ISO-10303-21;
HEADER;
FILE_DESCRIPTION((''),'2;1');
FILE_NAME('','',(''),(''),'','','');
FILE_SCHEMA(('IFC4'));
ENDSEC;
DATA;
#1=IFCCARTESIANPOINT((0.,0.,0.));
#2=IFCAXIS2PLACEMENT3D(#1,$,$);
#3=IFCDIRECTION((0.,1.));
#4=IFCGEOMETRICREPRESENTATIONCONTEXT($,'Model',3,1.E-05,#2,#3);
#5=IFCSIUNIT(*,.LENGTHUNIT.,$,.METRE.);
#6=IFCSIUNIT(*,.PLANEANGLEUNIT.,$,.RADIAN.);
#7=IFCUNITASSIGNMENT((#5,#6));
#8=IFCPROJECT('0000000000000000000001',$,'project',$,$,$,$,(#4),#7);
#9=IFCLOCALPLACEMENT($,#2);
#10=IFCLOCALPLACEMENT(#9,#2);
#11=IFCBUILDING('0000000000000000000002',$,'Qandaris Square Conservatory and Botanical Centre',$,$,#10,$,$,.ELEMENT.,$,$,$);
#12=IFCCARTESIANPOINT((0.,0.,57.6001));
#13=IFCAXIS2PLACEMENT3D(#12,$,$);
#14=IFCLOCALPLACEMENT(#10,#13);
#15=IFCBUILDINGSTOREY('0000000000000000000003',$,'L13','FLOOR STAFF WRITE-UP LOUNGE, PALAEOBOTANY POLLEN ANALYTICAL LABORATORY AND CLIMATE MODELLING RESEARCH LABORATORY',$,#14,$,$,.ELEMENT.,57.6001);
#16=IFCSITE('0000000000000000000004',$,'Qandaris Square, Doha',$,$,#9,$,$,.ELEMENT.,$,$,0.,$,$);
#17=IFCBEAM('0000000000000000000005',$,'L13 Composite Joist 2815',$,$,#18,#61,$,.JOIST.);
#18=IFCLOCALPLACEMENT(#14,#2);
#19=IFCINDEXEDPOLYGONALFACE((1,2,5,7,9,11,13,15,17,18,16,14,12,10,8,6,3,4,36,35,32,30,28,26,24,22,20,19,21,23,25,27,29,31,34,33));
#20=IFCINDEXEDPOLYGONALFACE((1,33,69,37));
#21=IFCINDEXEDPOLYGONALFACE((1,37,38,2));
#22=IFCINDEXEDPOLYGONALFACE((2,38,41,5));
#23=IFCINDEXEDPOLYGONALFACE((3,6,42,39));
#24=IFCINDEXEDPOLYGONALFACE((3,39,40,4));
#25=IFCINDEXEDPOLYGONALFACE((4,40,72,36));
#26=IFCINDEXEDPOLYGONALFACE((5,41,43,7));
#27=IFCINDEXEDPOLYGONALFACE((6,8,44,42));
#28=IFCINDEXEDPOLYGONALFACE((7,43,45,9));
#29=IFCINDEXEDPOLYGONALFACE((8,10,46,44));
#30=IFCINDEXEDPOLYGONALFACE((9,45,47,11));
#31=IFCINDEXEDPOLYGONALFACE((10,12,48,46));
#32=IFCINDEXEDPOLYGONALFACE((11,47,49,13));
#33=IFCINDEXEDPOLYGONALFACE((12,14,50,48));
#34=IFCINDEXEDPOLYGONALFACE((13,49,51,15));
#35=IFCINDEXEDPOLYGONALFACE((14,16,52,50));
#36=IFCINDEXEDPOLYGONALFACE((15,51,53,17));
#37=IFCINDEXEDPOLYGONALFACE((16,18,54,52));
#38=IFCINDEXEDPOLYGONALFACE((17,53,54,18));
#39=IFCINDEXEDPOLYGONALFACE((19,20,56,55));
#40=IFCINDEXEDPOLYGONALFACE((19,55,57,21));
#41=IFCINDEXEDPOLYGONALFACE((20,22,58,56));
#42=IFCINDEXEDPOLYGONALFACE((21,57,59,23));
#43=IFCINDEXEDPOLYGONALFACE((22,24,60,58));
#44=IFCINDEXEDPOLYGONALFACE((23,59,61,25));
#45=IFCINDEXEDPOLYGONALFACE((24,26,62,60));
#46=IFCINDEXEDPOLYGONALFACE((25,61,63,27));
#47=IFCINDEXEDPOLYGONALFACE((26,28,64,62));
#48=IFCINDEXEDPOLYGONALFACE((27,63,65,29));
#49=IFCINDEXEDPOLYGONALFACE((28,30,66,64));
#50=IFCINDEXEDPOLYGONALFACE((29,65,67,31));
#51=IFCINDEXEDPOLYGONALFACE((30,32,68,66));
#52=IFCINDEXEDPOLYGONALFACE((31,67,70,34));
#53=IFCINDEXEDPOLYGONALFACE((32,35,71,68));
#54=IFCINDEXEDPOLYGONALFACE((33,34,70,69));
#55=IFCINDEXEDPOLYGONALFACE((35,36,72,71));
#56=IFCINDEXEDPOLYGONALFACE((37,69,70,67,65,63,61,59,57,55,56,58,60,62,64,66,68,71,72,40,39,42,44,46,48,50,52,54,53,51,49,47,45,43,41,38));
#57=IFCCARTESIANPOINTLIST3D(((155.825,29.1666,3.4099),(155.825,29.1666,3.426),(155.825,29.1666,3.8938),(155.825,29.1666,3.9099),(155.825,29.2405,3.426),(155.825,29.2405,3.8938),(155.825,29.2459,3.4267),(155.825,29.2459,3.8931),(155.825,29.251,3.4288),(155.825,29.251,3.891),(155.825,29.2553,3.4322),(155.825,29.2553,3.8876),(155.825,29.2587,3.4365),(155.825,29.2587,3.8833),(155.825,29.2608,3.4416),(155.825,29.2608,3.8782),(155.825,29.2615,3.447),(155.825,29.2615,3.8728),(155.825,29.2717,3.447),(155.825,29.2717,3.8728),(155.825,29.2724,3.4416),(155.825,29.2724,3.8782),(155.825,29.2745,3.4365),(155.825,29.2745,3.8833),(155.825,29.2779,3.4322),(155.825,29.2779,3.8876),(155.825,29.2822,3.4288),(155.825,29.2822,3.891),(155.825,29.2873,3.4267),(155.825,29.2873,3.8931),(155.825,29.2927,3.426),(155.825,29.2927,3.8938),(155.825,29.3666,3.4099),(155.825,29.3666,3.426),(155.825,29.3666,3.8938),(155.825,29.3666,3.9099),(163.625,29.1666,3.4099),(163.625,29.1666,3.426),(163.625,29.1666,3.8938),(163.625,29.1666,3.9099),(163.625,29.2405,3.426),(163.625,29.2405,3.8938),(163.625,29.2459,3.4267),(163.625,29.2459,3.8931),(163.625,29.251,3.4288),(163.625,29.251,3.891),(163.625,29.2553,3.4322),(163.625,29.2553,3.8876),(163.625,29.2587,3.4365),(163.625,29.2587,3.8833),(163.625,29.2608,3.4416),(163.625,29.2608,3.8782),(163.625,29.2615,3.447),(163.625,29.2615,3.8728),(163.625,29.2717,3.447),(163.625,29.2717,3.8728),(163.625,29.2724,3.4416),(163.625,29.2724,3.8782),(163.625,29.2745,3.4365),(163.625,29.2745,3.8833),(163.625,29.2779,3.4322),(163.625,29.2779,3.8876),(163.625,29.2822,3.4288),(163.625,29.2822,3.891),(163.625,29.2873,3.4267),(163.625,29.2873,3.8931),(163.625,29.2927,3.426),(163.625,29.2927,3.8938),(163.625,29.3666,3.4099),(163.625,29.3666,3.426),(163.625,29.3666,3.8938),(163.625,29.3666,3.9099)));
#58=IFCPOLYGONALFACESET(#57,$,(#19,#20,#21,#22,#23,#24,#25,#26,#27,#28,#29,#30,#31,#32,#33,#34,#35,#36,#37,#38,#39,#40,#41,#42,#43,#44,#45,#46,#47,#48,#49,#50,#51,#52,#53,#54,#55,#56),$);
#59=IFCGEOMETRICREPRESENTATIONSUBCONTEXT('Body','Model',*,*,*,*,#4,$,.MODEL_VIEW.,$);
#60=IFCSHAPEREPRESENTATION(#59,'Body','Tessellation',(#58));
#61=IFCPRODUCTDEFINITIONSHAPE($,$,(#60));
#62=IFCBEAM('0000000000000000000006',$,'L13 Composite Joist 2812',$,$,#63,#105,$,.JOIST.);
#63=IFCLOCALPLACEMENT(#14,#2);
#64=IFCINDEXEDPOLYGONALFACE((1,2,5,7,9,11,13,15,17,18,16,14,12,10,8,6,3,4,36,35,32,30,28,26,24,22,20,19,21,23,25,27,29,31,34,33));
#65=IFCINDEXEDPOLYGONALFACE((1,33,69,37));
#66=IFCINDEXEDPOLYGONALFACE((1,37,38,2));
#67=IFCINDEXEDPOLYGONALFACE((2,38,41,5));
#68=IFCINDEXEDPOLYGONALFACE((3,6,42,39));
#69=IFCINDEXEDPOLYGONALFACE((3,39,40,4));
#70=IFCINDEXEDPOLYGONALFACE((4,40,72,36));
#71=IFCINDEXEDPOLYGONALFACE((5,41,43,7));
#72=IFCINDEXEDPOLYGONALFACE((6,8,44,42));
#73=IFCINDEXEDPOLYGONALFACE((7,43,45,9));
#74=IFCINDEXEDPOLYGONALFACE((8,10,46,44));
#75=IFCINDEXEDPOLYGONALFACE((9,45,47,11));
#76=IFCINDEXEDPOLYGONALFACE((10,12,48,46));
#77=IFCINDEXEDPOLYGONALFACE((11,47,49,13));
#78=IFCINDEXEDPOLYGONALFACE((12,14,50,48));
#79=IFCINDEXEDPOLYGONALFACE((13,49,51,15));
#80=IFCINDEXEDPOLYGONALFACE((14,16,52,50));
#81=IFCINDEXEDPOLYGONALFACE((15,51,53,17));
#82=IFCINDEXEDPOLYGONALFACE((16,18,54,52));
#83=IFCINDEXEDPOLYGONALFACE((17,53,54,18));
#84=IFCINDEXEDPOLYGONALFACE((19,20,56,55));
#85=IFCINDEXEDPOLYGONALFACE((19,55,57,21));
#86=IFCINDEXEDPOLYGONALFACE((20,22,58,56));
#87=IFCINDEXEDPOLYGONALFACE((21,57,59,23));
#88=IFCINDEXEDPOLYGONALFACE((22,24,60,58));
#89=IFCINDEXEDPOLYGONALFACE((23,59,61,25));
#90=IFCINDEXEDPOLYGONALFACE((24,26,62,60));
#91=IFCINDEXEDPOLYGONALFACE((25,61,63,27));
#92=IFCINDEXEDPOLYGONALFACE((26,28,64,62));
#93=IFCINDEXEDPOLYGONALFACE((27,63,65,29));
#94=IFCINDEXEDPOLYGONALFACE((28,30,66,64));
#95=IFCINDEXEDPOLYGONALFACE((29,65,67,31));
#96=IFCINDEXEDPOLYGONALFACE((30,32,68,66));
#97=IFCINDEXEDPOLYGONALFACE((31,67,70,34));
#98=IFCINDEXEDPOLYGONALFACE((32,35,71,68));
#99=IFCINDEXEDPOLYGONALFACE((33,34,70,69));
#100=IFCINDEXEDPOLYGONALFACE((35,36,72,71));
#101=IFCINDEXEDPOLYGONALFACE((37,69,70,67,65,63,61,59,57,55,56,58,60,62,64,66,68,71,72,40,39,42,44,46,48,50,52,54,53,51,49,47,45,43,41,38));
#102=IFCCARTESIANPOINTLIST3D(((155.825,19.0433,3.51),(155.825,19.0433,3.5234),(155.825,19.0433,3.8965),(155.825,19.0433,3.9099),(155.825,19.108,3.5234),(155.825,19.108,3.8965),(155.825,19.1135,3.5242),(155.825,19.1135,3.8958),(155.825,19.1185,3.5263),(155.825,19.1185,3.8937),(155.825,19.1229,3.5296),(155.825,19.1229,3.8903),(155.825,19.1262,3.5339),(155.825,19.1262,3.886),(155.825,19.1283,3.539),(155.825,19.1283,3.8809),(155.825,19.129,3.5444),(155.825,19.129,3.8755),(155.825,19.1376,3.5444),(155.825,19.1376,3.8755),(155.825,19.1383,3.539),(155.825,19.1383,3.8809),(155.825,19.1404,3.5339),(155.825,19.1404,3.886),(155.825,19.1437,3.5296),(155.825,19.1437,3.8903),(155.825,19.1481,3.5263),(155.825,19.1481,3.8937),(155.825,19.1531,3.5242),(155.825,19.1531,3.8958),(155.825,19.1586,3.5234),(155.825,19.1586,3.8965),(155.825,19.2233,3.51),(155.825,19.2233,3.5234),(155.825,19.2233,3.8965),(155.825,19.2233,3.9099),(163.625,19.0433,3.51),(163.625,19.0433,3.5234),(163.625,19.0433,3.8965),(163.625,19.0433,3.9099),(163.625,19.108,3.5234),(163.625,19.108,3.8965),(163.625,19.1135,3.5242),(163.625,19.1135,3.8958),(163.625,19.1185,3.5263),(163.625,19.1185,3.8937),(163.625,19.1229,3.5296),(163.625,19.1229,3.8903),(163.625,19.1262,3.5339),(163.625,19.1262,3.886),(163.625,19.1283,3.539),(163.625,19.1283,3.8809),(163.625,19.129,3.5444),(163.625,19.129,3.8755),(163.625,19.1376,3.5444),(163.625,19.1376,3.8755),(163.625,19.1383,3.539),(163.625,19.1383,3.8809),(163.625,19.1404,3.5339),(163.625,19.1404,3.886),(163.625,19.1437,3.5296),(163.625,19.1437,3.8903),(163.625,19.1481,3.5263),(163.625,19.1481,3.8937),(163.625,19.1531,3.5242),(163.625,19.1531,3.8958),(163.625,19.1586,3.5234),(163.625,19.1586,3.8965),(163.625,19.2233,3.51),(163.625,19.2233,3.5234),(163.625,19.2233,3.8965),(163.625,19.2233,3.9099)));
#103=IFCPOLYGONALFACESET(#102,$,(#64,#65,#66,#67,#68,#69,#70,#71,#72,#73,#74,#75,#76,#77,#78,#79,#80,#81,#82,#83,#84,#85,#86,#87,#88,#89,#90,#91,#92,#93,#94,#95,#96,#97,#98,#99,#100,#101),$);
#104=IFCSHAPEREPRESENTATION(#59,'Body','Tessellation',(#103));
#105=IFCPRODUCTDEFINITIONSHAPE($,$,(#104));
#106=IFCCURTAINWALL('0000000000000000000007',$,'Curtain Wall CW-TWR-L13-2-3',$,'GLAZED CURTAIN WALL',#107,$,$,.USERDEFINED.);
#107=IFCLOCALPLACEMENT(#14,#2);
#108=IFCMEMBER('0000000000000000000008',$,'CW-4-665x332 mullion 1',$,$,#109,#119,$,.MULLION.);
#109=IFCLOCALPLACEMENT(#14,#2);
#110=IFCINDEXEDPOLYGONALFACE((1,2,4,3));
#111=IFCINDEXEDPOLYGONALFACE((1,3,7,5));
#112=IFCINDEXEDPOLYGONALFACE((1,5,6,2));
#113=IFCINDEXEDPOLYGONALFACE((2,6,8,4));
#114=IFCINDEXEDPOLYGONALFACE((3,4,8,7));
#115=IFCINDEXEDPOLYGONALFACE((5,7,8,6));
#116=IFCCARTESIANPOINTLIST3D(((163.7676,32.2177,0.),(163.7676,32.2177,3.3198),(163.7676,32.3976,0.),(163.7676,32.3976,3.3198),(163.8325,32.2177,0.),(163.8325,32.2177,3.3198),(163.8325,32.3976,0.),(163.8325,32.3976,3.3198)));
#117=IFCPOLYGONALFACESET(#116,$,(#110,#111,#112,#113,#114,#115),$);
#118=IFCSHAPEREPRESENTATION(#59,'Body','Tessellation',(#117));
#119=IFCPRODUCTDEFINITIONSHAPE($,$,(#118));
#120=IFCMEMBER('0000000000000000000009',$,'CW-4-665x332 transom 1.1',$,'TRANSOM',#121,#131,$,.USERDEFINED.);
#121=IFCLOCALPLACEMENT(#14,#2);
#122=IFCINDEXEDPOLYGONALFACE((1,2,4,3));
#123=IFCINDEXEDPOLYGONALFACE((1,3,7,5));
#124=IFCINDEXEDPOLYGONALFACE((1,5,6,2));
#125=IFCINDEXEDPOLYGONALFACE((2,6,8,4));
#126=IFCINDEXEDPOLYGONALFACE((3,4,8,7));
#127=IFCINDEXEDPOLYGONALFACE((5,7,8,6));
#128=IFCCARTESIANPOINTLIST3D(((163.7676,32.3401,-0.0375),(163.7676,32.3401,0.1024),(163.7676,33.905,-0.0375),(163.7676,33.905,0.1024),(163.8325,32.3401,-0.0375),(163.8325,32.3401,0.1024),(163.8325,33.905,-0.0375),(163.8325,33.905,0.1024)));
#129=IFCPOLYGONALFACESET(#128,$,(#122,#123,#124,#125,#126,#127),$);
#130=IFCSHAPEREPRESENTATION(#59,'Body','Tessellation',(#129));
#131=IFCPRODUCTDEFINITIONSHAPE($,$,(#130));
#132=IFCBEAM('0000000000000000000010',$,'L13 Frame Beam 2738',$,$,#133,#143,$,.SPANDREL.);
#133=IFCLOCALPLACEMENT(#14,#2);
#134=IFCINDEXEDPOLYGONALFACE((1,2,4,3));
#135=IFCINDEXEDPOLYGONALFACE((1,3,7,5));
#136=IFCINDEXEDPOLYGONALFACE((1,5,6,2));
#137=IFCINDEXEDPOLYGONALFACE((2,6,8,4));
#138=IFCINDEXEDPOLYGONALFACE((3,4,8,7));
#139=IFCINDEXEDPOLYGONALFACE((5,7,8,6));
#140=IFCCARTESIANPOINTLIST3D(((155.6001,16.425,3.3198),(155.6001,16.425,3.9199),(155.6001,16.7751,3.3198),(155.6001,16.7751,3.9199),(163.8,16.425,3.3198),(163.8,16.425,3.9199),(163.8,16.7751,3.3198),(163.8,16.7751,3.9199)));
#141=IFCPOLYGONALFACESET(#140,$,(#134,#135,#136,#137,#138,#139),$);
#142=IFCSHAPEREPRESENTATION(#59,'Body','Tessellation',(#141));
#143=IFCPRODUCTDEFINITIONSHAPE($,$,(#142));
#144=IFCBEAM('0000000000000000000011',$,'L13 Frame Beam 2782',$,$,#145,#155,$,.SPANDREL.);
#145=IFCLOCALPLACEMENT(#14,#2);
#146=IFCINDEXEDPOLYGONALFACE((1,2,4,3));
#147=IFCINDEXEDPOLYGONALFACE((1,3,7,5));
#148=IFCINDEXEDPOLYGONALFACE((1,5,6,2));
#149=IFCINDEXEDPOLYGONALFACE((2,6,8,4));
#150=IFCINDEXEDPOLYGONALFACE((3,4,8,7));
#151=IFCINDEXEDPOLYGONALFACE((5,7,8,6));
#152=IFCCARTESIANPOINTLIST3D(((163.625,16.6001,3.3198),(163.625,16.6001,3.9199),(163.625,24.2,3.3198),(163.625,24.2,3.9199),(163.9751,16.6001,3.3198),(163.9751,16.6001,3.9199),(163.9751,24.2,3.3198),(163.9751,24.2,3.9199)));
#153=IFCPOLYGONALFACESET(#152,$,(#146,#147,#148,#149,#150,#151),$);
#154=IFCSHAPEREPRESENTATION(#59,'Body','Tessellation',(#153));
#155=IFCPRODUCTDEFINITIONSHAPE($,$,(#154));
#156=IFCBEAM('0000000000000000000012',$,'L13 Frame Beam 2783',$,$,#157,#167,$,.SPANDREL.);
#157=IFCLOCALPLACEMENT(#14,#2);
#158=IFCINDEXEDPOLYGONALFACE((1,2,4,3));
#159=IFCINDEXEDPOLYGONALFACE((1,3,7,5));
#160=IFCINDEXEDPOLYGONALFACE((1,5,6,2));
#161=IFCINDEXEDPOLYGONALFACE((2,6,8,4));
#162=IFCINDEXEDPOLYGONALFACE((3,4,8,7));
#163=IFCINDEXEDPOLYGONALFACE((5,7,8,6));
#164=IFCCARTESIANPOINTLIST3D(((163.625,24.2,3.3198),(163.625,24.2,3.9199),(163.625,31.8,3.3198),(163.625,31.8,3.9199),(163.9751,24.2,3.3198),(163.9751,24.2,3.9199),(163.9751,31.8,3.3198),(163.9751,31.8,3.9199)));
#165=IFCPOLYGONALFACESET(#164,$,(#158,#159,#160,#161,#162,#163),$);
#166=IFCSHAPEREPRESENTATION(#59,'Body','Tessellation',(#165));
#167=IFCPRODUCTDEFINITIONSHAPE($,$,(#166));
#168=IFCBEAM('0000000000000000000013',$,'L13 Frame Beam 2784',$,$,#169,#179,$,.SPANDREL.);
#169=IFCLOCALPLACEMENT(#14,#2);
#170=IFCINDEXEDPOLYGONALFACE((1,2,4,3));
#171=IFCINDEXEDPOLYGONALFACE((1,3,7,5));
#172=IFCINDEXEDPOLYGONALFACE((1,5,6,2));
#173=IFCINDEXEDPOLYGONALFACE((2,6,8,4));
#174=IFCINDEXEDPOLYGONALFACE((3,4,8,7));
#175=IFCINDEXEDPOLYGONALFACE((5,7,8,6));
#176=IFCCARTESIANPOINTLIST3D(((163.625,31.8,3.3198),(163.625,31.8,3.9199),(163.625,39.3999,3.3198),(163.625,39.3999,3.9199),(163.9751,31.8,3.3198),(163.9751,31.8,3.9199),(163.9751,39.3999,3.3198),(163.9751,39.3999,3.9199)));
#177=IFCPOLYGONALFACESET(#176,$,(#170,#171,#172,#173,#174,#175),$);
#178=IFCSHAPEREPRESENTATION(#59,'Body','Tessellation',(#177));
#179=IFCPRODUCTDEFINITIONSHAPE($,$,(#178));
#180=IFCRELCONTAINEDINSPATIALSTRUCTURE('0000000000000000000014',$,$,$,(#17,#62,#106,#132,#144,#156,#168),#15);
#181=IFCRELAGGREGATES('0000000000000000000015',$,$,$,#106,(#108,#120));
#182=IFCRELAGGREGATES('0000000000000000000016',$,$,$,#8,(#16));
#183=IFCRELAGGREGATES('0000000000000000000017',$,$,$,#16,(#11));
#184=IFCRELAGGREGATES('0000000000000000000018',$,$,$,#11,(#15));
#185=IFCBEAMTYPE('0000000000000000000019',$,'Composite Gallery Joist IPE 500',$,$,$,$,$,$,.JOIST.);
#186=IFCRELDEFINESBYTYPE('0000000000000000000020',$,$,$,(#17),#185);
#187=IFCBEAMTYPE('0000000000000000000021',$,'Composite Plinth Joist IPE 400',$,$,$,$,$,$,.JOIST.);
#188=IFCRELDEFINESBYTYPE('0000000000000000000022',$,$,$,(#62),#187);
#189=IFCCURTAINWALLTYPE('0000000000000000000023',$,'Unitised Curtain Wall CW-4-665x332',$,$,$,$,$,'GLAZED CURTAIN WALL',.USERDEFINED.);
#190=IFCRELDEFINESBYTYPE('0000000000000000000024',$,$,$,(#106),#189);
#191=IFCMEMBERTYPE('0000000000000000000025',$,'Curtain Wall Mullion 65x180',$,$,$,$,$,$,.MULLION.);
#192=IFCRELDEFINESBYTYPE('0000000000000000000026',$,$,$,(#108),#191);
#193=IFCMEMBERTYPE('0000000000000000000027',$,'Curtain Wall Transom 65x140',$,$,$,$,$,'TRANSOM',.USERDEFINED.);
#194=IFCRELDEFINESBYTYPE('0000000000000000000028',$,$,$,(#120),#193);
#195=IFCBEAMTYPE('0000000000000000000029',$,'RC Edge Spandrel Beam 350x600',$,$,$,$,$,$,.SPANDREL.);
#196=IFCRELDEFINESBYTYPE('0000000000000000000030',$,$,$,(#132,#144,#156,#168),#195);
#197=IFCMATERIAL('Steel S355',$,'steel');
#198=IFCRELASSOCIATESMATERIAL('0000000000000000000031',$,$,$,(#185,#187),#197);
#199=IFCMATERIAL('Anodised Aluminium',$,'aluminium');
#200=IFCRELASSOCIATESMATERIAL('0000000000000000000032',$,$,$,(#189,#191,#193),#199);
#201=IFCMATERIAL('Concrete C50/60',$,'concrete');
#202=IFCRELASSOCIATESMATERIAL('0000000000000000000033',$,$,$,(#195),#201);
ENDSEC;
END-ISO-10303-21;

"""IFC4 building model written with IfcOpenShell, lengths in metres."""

from ifc_helpers import new_model, si_unit, direction, frame, origin, origin_2d, place, context, subcontext, project, spatial, rectangle, i_section, extrude, material, material_profile, profile_set, type_object, element, aggregate, save


model = new_model("IFC4")

# Units and contexts
model_context = context("Model", 3, precision=1e-05, world=origin(), true_north=direction((0.0, 1.0)))
body_context = subcontext(model_context, "Body", "Model", "MODEL_VIEW")
ifc_project = project(units=[si_unit("LENGTHUNIT", "METRE"), si_unit("PLANEANGLEUNIT", "RADIAN")], contexts=[model_context])

# Site, building, storey
site_placement = place(None, origin())
site = spatial("IfcSite", under=ifc_project, at=site_placement, Name="Qandaris Square, Doha", CompositionType="ELEMENT", RefElevation=0.0)
building_placement = place(site_placement, origin())
building = spatial("IfcBuilding", under=site, at=building_placement, Name="Qandaris Square Conservatory and Botanical Centre", CompositionType="ELEMENT")
storey_placement = place(building_placement, frame((0.0, 0.0, 57.6001)))
storey = spatial("IfcBuildingStorey", under=building, at=storey_placement, Name="L13", Description="FLOOR STAFF WRITE-UP LOUNGE, PALAEOBOTANY POLLEN ANALYTICAL LABORATORY AND CLIMATE MODELLING RESEARCH LABORATORY", CompositionType="ELEMENT", Elevation=57.6001)

# Shared definitions
ifc_material_1 = material(Name="Concrete C50/60", Category="concrete")

# Beams
ifc_material_2 = material(Name="Steel S355", Category="steel")
ifc_material_profile_1 = material_profile(ifc_material_2, i_section(OverallWidth=0.2, OverallDepth=0.5, WebThickness=0.0103, FlangeThickness=0.0161, FilletRadius=0.021, at=origin_2d()), Name="IPE 500")
ifc_profile_set_1 = profile_set([ifc_material_profile_1], Name="Steel S355")
beam_type_1 = type_object("IfcBeamType", Name="Composite Gallery Joist IPE 500", PredefinedType="JOIST", material=ifc_profile_set_1)
beam_1_placement = place(storey_placement, frame((155.825, 29.2666, 3.6599), z_axis=(1.0, 0.0, 0.0), x_axis=(0.0, 1.0, 0.0)))
element("IfcBeam", 1, at=beam_1_placement, inside=storey, type_object=beam_type_1, Name="L13 Composite Joist 2815", PredefinedType="JOIST", context=body_context, shape_type="SweptSolid", body=[
    extrude(i_section(OverallWidth=0.2, OverallDepth=0.5, WebThickness=0.0103, FlangeThickness=0.0161, FilletRadius=0.021, at=origin_2d()), origin(), (0.0, 0.0, 1.0), 7.8),
])
ifc_material_profile_2 = material_profile(ifc_material_2, i_section(OverallWidth=0.1799, OverallDepth=0.3999, WebThickness=0.0085, FlangeThickness=0.0134, FilletRadius=0.021, at=origin_2d()), Name="IPE 400")
ifc_profile_set_2 = profile_set([ifc_material_profile_2], Name="Steel S355")
beam_type_2 = type_object("IfcBeamType", Name="Composite Plinth Joist IPE 400", PredefinedType="JOIST", material=ifc_profile_set_2)
beam_2_placement = place(storey_placement, frame((155.825, 19.1333, 3.71), z_axis=(1.0, 0.0, 0.0), x_axis=(0.0, 1.0, 0.0)))
element("IfcBeam", 2, at=beam_2_placement, inside=storey, type_object=beam_type_2, Name="L13 Composite Joist 2812", PredefinedType="JOIST", context=body_context, shape_type="SweptSolid", body=[
    extrude(i_section(OverallWidth=0.1799, OverallDepth=0.3999, WebThickness=0.0085, FlangeThickness=0.0134, FilletRadius=0.021, at=origin_2d()), origin(), (0.0, 0.0, 1.0), 7.8),
])

# Curtain wall, members
ifc_material_3 = material(Name="Anodised Aluminium", Category="aluminium")
curtain_wall_type = type_object("IfcCurtainWallType", Name="Unitised Curtain Wall CW-4-665x332", ElementType="GLAZED CURTAIN WALL", PredefinedType="USERDEFINED", material=ifc_material_3)
curtain_wall_placement = place(storey_placement, origin())
curtain_wall = element("IfcCurtainWall", 3, at=curtain_wall_placement, inside=storey, type_object=curtain_wall_type, Name="Curtain Wall CW-TWR-L13-2-3", ObjectType="GLAZED CURTAIN WALL", PredefinedType="USERDEFINED")
ifc_material_profile_3 = material_profile(ifc_material_3, rectangle(XDim=0.0649, YDim=0.1799, at=origin_2d()), Name="ALU-MUL 65x180")
ifc_profile_set_3 = profile_set([ifc_material_profile_3], Name="Anodised Aluminium")
member_type_1 = type_object("IfcMemberType", Name="Curtain Wall Mullion 65x180", PredefinedType="MULLION", material=ifc_profile_set_3)
member_1_placement = place(storey_placement, frame((163.8, 32.3076, 0.0), z_axis=(0.0, 0.0, 1.0), x_axis=(-1.0, 0.0, 0.0)))
member_1 = element("IfcMember", 4, at=member_1_placement, type_object=member_type_1, Name="CW-4-665x332 mullion 1", PredefinedType="MULLION", context=body_context, shape_type="SweptSolid", body=[
    extrude(rectangle(XDim=0.0649, YDim=0.1799, at=origin_2d()), origin(), (0.0, 0.0, 1.0), 3.3198),
])
ifc_material_profile_4 = material_profile(ifc_material_3, rectangle(XDim=0.0649, YDim=0.1399, at=origin_2d()), Name="ALU-TRN 65x140")
ifc_profile_set_4 = profile_set([ifc_material_profile_4], Name="Anodised Aluminium")
member_type_2 = type_object("IfcMemberType", Name="Curtain Wall Transom 65x140", ElementType="TRANSOM", PredefinedType="USERDEFINED", material=ifc_profile_set_4)
member_2_placement = place(storey_placement, frame((163.8, 32.3401, 0.0325), z_axis=(0.0, 1.0, 0.0), x_axis=(-1.0, 0.0, 0.0)))
member_2 = element("IfcMember", 5, at=member_2_placement, type_object=member_type_2, Name="CW-4-665x332 transom 1.1", ObjectType="TRANSOM", PredefinedType="USERDEFINED", context=body_context, shape_type="SweptSolid", body=[
    extrude(rectangle(XDim=0.0649, YDim=0.1399, at=origin_2d()), origin(), (0.0, 0.0, 1.0), 1.5649),
])
aggregate(curtain_wall, [member_1, member_2])

# Beams
ifc_material_profile_5 = material_profile(ifc_material_1, rectangle(XDim=0.3501, YDim=0.6001, at=origin_2d()), Name="RC-SP 350x600")
ifc_profile_set_5 = profile_set([ifc_material_profile_5], Name="Concrete C50/60")
beam_type_3 = type_object("IfcBeamType", Name="RC Edge Spandrel Beam 350x600", PredefinedType="SPANDREL", material=ifc_profile_set_5)
beam_3_placement = place(storey_placement, frame((155.6001, 16.6001, 3.6199), z_axis=(1.0, 0.0, 0.0), x_axis=(0.0, 1.0, 0.0)))
element("IfcBeam", 6, at=beam_3_placement, inside=storey, type_object=beam_type_3, Name="L13 Frame Beam 2738", PredefinedType="SPANDREL", context=body_context, shape_type="SweptSolid", body=[
    extrude(rectangle(XDim=0.3501, YDim=0.6001, at=origin_2d()), origin(), (0.0, 0.0, 1.0), 8.2),
])
beam_4_placement = place(storey_placement, frame((163.8, 16.6001, 3.6199), z_axis=(0.0, 1.0, 0.0), x_axis=(-1.0, 0.0, 0.0)))
element("IfcBeam", 7, at=beam_4_placement, inside=storey, type_object=beam_type_3, Name="L13 Frame Beam 2782", PredefinedType="SPANDREL", context=body_context, shape_type="SweptSolid", body=[
    extrude(rectangle(XDim=0.3501, YDim=0.6001, at=origin_2d()), origin(), (0.0, 0.0, 1.0), 7.5999),
])
beam_5_placement = place(storey_placement, frame((163.8, 24.2, 3.6199), z_axis=(0.0, 1.0, 0.0), x_axis=(-1.0, 0.0, 0.0)))
element("IfcBeam", 8, at=beam_5_placement, inside=storey, type_object=beam_type_3, Name="L13 Frame Beam 2783", PredefinedType="SPANDREL", context=body_context, shape_type="SweptSolid", body=[
    extrude(rectangle(XDim=0.3501, YDim=0.6001, at=origin_2d()), origin(), (0.0, 0.0, 1.0), 7.6001),
])
beam_6_placement = place(storey_placement, frame((163.8, 31.8, 3.6199), z_axis=(0.0, 1.0, 0.0), x_axis=(-1.0, 0.0, 0.0)))
element("IfcBeam", 9, at=beam_6_placement, inside=storey, type_object=beam_type_3, Name="L13 Frame Beam 2784", PredefinedType="SPANDREL", context=body_context, shape_type="SweptSolid", body=[
    extrude(rectangle(XDim=0.3501, YDim=0.6001, at=origin_2d()), origin(), (0.0, 0.0, 1.0), 7.5999),
])

save(model, "model.ifc")
